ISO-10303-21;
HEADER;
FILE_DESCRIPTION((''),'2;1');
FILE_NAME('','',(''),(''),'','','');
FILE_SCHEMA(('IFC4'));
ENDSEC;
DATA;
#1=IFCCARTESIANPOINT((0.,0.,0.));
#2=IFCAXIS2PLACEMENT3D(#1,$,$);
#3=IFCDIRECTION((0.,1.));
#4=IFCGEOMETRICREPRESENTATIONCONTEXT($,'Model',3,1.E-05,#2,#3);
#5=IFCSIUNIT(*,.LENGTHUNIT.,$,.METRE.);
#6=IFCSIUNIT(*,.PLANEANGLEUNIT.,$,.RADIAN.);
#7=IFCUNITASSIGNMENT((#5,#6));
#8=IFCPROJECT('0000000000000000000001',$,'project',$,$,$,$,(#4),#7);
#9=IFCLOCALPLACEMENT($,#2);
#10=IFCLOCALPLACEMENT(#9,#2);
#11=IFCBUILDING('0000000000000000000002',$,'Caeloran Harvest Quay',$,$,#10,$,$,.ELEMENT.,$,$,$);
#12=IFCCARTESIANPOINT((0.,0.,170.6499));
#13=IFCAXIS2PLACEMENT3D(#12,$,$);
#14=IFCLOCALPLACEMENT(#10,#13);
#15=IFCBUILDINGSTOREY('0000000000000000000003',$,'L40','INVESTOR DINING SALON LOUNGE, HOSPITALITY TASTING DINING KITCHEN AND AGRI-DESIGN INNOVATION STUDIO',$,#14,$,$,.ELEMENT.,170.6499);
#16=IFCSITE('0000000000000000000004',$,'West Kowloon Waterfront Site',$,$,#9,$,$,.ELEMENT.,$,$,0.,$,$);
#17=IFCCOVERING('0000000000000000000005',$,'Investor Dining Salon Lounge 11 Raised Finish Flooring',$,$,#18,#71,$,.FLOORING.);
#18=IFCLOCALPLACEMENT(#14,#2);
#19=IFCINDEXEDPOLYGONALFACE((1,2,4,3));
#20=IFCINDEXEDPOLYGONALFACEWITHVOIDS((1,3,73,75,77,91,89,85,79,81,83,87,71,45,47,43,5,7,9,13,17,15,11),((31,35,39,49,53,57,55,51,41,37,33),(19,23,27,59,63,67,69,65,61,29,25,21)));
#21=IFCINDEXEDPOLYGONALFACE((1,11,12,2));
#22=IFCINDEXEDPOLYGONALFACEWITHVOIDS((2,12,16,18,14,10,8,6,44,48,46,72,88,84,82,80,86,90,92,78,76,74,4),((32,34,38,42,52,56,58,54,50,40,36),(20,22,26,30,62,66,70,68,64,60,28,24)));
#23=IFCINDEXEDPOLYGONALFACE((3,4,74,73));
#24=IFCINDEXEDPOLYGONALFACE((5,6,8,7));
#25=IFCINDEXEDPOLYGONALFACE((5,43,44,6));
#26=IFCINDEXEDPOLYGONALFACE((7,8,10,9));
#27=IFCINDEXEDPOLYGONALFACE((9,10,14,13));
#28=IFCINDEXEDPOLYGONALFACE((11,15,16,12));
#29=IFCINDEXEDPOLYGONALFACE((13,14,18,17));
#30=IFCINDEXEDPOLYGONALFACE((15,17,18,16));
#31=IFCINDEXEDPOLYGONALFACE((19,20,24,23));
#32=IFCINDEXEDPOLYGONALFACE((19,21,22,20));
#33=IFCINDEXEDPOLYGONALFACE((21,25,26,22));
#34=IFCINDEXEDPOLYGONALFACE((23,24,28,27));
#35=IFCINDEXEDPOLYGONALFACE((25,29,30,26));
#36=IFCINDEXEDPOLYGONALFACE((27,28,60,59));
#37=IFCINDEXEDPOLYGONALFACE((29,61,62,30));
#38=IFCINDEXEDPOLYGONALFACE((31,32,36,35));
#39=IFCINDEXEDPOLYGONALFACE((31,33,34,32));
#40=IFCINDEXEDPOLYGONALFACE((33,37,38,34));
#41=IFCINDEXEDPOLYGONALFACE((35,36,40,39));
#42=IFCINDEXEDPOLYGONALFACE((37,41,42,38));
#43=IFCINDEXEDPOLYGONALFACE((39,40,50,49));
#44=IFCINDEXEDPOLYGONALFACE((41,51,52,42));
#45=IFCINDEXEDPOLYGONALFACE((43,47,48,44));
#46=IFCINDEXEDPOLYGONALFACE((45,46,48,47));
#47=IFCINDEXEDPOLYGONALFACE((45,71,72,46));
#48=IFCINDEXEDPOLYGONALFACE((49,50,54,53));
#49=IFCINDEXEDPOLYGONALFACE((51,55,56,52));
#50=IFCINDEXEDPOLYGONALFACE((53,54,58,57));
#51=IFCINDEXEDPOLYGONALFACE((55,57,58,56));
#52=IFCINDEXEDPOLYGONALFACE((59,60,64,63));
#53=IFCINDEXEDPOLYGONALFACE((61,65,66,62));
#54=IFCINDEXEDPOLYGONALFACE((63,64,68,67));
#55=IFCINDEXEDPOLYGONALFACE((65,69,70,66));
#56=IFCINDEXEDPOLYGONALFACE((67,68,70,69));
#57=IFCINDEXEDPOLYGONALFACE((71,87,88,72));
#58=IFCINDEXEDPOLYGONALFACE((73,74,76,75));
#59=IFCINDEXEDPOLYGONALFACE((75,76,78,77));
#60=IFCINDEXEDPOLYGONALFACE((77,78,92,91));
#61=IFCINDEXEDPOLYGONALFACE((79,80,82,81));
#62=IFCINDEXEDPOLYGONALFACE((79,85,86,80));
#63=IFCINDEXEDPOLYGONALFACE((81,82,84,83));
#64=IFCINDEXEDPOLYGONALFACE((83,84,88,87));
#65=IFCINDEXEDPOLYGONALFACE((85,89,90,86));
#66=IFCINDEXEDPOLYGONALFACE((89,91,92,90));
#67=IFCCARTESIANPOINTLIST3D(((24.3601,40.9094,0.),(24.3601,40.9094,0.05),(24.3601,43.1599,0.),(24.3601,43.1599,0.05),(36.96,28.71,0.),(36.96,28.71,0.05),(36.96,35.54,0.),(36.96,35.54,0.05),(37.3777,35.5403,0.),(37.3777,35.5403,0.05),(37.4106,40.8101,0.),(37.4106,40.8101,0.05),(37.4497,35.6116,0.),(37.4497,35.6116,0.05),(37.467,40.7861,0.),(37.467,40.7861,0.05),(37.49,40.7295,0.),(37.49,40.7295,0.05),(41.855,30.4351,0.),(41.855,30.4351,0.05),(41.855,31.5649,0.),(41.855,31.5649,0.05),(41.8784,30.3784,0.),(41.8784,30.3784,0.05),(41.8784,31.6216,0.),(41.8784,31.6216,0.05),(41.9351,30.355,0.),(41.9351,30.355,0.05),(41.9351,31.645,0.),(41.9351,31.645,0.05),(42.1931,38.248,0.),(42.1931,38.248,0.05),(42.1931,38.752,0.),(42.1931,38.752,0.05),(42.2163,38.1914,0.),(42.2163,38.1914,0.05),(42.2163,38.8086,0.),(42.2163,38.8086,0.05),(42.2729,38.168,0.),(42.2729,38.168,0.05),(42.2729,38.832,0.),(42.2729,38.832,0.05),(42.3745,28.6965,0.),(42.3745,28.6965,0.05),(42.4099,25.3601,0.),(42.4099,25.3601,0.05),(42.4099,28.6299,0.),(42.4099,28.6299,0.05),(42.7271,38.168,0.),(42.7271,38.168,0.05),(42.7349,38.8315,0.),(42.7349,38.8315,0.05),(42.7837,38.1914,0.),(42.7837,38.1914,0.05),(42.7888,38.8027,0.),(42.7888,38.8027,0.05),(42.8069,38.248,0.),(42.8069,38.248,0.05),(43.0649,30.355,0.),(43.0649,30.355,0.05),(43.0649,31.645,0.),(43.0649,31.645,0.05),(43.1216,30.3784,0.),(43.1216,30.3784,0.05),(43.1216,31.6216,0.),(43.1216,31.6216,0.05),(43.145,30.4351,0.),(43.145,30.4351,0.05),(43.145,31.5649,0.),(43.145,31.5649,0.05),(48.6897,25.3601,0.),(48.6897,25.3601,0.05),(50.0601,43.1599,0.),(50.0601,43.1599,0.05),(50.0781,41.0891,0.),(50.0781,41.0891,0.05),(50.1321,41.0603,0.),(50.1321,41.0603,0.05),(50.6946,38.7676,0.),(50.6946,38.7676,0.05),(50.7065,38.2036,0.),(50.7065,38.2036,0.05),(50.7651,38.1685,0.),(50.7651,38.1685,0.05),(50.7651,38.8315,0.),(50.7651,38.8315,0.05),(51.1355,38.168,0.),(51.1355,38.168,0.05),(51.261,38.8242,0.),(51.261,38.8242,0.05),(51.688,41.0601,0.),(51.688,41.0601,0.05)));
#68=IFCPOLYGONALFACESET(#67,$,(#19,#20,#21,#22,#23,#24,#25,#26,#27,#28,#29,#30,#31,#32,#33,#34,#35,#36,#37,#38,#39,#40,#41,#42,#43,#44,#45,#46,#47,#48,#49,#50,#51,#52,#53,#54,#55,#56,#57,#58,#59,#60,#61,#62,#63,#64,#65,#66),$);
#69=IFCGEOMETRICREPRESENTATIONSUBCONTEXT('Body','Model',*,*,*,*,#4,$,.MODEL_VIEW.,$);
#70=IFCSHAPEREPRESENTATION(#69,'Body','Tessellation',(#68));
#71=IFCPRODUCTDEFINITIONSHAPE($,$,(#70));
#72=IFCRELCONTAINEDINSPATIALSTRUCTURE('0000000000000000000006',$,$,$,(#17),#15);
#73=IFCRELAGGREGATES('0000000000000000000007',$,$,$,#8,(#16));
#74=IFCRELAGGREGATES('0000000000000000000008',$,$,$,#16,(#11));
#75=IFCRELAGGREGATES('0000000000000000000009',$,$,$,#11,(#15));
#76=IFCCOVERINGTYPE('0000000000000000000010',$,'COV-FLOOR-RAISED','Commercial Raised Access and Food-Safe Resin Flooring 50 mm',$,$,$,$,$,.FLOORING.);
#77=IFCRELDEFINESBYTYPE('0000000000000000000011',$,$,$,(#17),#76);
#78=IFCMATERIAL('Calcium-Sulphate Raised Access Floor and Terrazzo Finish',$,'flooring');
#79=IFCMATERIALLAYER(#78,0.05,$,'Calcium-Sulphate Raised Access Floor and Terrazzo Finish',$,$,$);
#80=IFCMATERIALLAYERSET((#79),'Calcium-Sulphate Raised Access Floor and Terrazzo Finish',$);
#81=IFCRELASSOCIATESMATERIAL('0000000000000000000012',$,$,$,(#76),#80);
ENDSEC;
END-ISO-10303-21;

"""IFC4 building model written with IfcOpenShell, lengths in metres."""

from ifc_helpers import new_model, si_unit, direction, frame, origin, place, context, subcontext, project, spatial, polyline, outline, extrude, material, layer, layer_set, type_object, element, save


model = new_model("IFC4")

# Units and contexts
model_context = context("Model", 3, precision=1e-05, world=origin(), true_north=direction((0.0, 1.0)))
body_context = subcontext(model_context, "Body", "Model", "MODEL_VIEW")
ifc_project = project(units=[si_unit("LENGTHUNIT", "METRE"), si_unit("PLANEANGLEUNIT", "RADIAN")], contexts=[model_context])

# Site, building, storey
site_placement = place(None, origin())
site = spatial("IfcSite", under=ifc_project, at=site_placement, Name="West Kowloon Waterfront Site", CompositionType="ELEMENT", RefElevation=0.0)
building_placement = place(site_placement, origin())
building = spatial("IfcBuilding", under=site, at=building_placement, Name="Caeloran Harvest Quay", CompositionType="ELEMENT")
storey_placement = place(building_placement, frame((0.0, 0.0, 170.6499)))
storey = spatial("IfcBuildingStorey", under=building, at=storey_placement, Name="L40", Description="INVESTOR DINING SALON LOUNGE, HOSPITALITY TASTING DINING KITCHEN AND AGRI-DESIGN INNOVATION STUDIO", CompositionType="ELEMENT", Elevation=170.6499)

# Covering
ifc_material_1 = material(Name="Calcium-Sulphate Raised Access Floor and Terrazzo Finish", Category="flooring")
ifc_layer_1 = layer(ifc_material_1, 0.05, Name="Calcium-Sulphate Raised Access Floor and Terrazzo Finish")
ifc_layer_set_1 = layer_set([ifc_layer_1], Name="Calcium-Sulphate Raised Access Floor and Terrazzo Finish")
covering_type_1 = type_object("IfcCoveringType", Name="COV-FLOOR-RAISED", Description="Commercial Raised Access and Food-Safe Resin Flooring 50 mm", PredefinedType="FLOORING", material=ifc_layer_set_1)
covering_1_placement = place(storey_placement, origin())
element("IfcCovering", 1, at=covering_1_placement, inside=storey, type_object=covering_type_1, Name="Investor Dining Salon Lounge 11 Raised Finish Flooring", PredefinedType="FLOORING", context=body_context, shape_type="SweptSolid", body=[
    extrude(outline(polyline([(50.0601, 43.1599), (50.0781, 41.0891), (50.1321, 41.0603), (51.688, 41.0601), (51.261, 38.8242), (50.7651, 38.8315), (50.6946, 38.7676), (50.7065, 38.2036), (50.7651, 38.1685), (51.1355, 38.168), (48.6897, 25.3601), (42.4099, 25.3601), (42.4099, 28.6299), (42.3745, 28.6965), (36.96, 28.71), (36.96, 35.54), (37.3777, 35.5403), (37.4497, 35.6116), (37.49, 40.7295), (37.467, 40.7861), (37.4106, 40.8101), (24.3601, 40.9094), (24.3601, 43.1599), (50.0601, 43.1599)]), holes=[polyline([(41.9351, 31.645), (41.8784, 31.6216), (41.855, 31.5649), (41.855, 30.4351), (41.8784, 30.3784), (41.9351, 30.355), (43.0649, 30.355), (43.1216, 30.3784), (43.145, 30.4351), (43.145, 31.5649), (43.1216, 31.6216), (43.0649, 31.645), (41.9351, 31.645)]), polyline([(42.8069, 38.248), (42.7888, 38.8027), (42.7349, 38.8315), (42.2729, 38.832), (42.2163, 38.8086), (42.1931, 38.752), (42.1931, 38.248), (42.2163, 38.1914), (42.2729, 38.168), (42.7271, 38.168), (42.7837, 38.1914), (42.8069, 38.248)])]), origin(), (0.0, 0.0, 1.0), 0.05),
])

save(model, "model.ifc")
